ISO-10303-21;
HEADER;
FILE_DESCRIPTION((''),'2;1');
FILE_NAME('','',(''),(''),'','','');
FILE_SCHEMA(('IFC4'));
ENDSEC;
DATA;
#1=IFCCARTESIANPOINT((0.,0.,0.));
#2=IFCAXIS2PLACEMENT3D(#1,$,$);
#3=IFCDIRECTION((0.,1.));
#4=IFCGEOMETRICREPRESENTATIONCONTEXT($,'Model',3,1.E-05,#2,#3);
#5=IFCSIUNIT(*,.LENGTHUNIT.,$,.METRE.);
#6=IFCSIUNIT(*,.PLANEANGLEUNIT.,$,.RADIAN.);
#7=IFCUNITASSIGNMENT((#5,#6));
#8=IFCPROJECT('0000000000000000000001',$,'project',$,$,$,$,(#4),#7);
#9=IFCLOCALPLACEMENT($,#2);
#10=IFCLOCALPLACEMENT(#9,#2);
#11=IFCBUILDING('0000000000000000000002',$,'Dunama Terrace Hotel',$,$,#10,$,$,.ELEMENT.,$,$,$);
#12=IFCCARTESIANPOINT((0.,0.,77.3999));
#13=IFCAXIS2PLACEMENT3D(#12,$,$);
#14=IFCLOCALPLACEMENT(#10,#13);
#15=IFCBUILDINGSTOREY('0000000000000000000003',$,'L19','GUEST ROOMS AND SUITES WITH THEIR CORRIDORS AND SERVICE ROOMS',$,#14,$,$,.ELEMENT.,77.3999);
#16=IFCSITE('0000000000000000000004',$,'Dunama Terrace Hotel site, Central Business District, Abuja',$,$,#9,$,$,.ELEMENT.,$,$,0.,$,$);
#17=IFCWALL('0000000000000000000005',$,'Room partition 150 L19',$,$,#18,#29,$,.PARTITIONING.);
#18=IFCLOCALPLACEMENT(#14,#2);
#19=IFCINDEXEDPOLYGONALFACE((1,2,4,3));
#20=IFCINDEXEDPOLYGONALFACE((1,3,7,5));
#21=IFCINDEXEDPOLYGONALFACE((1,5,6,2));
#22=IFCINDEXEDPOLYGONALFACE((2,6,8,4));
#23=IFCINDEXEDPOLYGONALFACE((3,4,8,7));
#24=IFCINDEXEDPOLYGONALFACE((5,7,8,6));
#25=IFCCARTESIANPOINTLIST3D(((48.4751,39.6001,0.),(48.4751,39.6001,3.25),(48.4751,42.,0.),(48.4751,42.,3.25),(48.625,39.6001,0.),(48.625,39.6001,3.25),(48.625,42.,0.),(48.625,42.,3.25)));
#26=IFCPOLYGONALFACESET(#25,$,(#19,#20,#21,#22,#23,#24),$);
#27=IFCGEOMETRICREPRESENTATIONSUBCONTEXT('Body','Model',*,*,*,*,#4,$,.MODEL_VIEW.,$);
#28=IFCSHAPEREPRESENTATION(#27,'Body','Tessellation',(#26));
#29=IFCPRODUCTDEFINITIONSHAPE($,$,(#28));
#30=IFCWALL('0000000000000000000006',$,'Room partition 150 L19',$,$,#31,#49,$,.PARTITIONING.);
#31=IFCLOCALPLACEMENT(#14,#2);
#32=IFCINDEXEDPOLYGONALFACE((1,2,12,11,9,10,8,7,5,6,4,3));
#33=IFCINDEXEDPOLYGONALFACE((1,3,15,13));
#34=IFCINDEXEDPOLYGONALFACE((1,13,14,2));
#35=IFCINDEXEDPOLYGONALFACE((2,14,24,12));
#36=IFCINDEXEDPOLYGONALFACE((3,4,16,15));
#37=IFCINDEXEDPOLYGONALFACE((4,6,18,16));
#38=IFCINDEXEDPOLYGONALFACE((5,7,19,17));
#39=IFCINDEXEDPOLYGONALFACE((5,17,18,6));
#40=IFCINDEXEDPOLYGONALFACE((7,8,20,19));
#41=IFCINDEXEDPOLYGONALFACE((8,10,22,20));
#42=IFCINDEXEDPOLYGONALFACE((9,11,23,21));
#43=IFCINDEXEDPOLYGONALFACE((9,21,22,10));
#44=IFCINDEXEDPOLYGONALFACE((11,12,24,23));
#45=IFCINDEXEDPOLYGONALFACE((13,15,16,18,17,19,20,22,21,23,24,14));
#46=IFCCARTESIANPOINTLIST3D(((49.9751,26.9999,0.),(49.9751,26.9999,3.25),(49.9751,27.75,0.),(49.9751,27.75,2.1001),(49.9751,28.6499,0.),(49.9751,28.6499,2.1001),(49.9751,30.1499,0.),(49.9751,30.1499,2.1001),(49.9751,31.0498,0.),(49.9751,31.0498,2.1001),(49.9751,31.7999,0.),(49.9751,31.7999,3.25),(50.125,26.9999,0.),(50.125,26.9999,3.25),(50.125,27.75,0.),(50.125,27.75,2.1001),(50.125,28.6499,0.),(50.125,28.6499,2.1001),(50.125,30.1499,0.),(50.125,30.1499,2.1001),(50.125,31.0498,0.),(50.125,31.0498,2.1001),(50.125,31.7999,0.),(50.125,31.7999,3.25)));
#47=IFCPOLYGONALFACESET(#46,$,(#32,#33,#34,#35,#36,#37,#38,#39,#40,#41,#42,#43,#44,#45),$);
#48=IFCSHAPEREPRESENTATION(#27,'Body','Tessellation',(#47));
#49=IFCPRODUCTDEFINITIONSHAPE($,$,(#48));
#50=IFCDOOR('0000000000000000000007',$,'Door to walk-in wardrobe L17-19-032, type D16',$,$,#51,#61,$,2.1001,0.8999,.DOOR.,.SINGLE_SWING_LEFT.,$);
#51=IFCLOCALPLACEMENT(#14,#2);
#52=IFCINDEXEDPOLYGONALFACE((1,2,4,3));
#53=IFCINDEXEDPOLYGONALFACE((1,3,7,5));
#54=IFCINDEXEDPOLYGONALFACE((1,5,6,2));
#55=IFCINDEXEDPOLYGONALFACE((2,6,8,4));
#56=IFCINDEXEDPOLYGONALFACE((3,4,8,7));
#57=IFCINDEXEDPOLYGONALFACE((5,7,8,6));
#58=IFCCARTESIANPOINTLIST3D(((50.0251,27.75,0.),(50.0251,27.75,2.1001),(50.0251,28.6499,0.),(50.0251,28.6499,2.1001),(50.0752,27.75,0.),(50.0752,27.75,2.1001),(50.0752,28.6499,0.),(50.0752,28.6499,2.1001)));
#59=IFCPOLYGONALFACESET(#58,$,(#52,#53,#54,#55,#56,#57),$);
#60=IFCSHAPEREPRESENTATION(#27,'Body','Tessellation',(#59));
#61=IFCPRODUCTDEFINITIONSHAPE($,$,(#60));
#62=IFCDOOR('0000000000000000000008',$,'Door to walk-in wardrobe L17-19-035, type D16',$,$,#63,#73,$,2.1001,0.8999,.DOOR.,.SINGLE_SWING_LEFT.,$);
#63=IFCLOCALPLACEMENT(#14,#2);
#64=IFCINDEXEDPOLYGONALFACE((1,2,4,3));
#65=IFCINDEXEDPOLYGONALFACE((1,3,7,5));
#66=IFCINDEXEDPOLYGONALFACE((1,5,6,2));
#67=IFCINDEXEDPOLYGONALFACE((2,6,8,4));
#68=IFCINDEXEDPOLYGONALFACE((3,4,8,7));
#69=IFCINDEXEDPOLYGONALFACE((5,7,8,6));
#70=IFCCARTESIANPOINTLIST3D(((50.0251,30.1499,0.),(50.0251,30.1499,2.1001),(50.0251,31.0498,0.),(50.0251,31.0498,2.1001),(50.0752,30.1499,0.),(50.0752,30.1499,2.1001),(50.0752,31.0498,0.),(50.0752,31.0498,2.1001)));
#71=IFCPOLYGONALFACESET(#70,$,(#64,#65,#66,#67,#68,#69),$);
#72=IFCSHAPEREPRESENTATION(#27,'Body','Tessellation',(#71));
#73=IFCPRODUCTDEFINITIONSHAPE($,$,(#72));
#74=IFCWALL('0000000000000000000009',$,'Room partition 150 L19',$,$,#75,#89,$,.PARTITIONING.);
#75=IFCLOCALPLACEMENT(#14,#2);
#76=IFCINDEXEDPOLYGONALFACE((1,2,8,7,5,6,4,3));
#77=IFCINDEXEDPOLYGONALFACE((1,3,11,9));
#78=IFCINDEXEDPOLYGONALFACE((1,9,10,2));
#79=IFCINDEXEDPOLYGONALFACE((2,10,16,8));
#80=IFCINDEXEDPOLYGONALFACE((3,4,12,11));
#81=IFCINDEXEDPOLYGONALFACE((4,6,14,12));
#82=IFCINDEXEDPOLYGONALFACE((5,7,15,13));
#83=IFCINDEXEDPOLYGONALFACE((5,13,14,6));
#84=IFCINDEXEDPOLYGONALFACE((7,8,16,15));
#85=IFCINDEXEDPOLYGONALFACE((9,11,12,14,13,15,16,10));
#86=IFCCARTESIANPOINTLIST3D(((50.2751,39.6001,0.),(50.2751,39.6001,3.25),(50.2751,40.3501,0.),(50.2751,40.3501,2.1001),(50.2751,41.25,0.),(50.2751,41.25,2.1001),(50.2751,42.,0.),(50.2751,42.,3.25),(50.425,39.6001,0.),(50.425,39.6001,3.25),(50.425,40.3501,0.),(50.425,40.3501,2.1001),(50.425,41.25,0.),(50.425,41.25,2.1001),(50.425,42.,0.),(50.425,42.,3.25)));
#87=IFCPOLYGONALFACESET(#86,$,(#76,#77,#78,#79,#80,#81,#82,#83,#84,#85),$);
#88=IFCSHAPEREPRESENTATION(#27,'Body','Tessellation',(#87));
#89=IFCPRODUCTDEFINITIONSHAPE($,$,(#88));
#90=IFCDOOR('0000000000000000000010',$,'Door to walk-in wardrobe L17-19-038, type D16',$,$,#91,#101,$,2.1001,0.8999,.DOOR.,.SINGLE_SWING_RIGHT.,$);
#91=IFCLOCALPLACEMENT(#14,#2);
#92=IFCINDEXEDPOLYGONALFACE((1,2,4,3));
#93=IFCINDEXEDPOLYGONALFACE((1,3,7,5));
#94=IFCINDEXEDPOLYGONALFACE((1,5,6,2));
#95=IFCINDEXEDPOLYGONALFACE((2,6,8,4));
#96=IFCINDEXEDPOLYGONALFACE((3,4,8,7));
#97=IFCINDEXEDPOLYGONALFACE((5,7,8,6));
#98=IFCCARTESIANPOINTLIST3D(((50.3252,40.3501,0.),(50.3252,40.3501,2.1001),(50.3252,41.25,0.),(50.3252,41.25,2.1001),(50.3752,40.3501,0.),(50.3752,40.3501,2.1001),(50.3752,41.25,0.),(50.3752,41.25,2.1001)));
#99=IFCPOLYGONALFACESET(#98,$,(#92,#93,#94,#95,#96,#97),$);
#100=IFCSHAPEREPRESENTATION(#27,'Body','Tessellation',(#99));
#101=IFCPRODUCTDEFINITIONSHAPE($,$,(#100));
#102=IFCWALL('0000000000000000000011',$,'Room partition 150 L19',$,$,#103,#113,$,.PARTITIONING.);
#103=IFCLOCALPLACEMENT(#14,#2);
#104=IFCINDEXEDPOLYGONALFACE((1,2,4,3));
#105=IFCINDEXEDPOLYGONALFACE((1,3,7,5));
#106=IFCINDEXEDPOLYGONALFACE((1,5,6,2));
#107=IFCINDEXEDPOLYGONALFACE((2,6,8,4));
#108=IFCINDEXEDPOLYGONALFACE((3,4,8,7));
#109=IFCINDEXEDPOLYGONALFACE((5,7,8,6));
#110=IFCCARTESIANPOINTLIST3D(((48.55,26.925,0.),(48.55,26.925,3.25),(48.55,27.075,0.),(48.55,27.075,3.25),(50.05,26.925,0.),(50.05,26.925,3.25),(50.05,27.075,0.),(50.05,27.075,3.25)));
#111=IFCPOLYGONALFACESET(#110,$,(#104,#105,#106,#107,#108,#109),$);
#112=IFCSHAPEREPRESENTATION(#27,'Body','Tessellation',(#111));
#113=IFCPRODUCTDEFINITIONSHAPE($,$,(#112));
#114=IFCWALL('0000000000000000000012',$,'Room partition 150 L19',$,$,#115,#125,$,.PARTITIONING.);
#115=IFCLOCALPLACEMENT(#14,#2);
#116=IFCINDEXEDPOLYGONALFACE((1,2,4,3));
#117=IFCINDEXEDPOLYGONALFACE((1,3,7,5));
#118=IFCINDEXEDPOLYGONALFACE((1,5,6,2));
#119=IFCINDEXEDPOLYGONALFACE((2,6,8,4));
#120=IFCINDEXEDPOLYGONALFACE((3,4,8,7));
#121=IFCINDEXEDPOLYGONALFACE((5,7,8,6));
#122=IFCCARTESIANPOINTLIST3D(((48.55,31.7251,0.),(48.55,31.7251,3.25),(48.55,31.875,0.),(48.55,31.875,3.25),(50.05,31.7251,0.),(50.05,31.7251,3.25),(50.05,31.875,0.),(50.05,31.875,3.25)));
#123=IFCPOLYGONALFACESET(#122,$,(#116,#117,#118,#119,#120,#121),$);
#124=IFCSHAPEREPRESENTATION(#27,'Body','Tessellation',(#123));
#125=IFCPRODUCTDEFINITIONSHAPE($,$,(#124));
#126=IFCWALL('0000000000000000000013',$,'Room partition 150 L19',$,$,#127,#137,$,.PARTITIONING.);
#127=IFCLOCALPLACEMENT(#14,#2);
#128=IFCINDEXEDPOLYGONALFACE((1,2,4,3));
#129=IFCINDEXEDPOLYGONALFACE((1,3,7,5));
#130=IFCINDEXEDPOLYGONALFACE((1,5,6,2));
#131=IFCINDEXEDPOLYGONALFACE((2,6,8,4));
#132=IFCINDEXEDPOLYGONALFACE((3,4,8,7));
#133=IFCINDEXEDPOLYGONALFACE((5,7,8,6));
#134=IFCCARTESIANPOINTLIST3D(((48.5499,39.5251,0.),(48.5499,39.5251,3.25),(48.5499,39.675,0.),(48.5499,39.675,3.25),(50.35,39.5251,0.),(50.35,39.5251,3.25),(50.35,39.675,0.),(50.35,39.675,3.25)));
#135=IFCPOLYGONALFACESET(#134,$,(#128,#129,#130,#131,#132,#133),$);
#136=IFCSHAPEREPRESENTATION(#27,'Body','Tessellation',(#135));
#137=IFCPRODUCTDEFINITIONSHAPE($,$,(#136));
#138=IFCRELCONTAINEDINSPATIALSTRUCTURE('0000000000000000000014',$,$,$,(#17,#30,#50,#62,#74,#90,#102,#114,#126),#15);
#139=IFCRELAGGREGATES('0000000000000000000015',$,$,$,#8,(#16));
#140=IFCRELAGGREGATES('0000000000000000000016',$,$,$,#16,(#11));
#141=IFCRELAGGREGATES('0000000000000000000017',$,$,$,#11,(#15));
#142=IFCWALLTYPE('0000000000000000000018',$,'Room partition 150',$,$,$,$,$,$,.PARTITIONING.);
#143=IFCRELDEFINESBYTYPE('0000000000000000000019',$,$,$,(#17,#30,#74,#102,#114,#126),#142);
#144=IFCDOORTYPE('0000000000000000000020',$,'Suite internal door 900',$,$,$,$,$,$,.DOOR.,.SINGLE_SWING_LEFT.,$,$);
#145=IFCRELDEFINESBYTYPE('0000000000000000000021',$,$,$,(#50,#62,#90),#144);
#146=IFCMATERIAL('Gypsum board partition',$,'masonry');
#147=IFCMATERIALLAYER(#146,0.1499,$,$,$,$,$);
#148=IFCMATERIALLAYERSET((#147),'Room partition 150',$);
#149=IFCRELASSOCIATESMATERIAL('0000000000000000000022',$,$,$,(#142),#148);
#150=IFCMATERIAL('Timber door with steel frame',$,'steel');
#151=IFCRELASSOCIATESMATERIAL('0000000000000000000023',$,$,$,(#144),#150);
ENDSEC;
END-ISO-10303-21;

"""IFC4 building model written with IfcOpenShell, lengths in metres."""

from ifc_helpers import new_model, si_unit, direction, frame, frame_2d, origin, place, context, subcontext, project, spatial, rectangle, extrude, material, layer, layer_set, type_object, element, fill, save


model = new_model("IFC4")

# Units and contexts
model_context = context("Model", 3, precision=1e-05, world=origin(), true_north=direction((0.0, 1.0)))
body_context = subcontext(model_context, "Body", "Model", "MODEL_VIEW")
ifc_project = project(units=[si_unit("LENGTHUNIT", "METRE"), si_unit("PLANEANGLEUNIT", "RADIAN")], contexts=[model_context])

# Site, building, storey
site_placement = place(None, origin())
site = spatial("IfcSite", under=ifc_project, at=site_placement, Name="Dunama Terrace Hotel site, Central Business District, Abuja", CompositionType="ELEMENT", RefElevation=0.0)
building_placement = place(site_placement, origin())
building = spatial("IfcBuilding", under=site, at=building_placement, Name="Dunama Terrace Hotel", CompositionType="ELEMENT")
storey_placement = place(building_placement, frame((0.0, 0.0, 77.3999)))
storey = spatial("IfcBuildingStorey", under=building, at=storey_placement, Name="L19", Description="GUEST ROOMS AND SUITES WITH THEIR CORRIDORS AND SERVICE ROOMS", CompositionType="ELEMENT", Elevation=77.3999)

# Wall
ifc_material_1 = material(Name="Gypsum board partition", Category="masonry")
ifc_layer_1 = layer(ifc_material_1, 0.1499)
ifc_layer_set_1 = layer_set([ifc_layer_1], Name="Room partition 150")
wall_type_1 = type_object("IfcWallType", Name="Room partition 150", PredefinedType="PARTITIONING", material=ifc_layer_set_1)
wall_1_placement = place(storey_placement, frame((48.55, 39.6001, 0.0), z_axis=(0.0, 0.0, 1.0), x_axis=(0.0, 1.0, 0.0)))
element("IfcWall", 1, at=wall_1_placement, inside=storey, type_object=wall_type_1, Name="Room partition 150 L19", PredefinedType="PARTITIONING", context=body_context, shape_type="SweptSolid", body=[
    extrude(rectangle(XDim=2.3999, YDim=0.1499, at=frame_2d((1.2, 0.0))), origin(), (0.0, 0.0, 1.0), 3.25),
])

# Wall, openings, doors
wall_2_placement = place(storey_placement, frame((50.05, 27.0, 0.0), z_axis=(0.0, 0.0, 1.0), x_axis=(0.0, 1.0, 0.0)))
wall_2 = element("IfcWall", 2, at=wall_2_placement, inside=storey, type_object=wall_type_1, Name="Room partition 150 L19", PredefinedType="PARTITIONING", context=body_context, shape_type="SweptSolid", body=[
    extrude(rectangle(XDim=4.8, YDim=0.1499, at=frame_2d((2.3999, 0.0))), origin(), (0.0, 0.0, 1.0), 3.25),
])
opening_1_placement = place(wall_2_placement, frame((0.75, 0.0, 0.0)))
opening_1 = element("IfcOpeningElement", 3, at=opening_1_placement, cuts=wall_2, PredefinedType="OPENING", context=body_context, shape_type="SweptSolid", body=[
    extrude(rectangle(XDim=0.8999, YDim=2.1001, at=frame_2d((0.45, 1.05))), frame((0.0, 0.085, 0.0), z_axis=(0.0, -1.0, 0.0), x_axis=(1.0, 0.0, 0.0)), (0.0, 0.0, 1.0), 0.1699),
])
opening_2_placement = place(wall_2_placement, frame((3.1499, 0.0, 0.0)))
opening_2 = element("IfcOpeningElement", 4, at=opening_2_placement, cuts=wall_2, PredefinedType="OPENING", context=body_context, shape_type="SweptSolid", body=[
    extrude(rectangle(XDim=0.8999, YDim=2.1001, at=frame_2d((0.45, 1.05))), frame((0.0, 0.085, 0.0), z_axis=(0.0, -1.0, 0.0), x_axis=(1.0, 0.0, 0.0)), (0.0, 0.0, 1.0), 0.1699),
])
ifc_material_2 = material(Name="Timber door with steel frame", Category="steel")
door_type_1 = type_object("IfcDoorType", Name="Suite internal door 900", OperationType="SINGLE_SWING_LEFT", PredefinedType="DOOR", material=ifc_material_2)
door_1_placement = place(opening_1_placement, origin())
door_1 = element("IfcDoor", 5, at=door_1_placement, inside=storey, type_object=door_type_1, Name="Door to walk-in wardrobe L17-19-032, type D16", OperationType="SINGLE_SWING_LEFT", OverallHeight=2.1001, OverallWidth=0.8999, PredefinedType="DOOR", context=body_context, shape_type="SweptSolid", body=[
    extrude(rectangle(XDim=0.8999, YDim=2.1001, at=frame_2d((0.45, 1.05))), frame((0.0, 0.0249, 0.0), z_axis=(0.0, -1.0, 0.0), x_axis=(1.0, 0.0, 0.0)), (0.0, 0.0, 1.0), 0.05),
])
fill(opening_1, door_1)
door_2_placement = place(opening_2_placement, origin())
door_2 = element("IfcDoor", 6, at=door_2_placement, inside=storey, type_object=door_type_1, Name="Door to walk-in wardrobe L17-19-035, type D16", OperationType="SINGLE_SWING_LEFT", OverallHeight=2.1001, OverallWidth=0.8999, PredefinedType="DOOR", context=body_context, shape_type="SweptSolid", body=[
    extrude(rectangle(XDim=0.8999, YDim=2.1001, at=frame_2d((0.45, 1.05))), frame((0.0, 0.0249, 0.0), z_axis=(0.0, -1.0, 0.0), x_axis=(1.0, 0.0, 0.0)), (0.0, 0.0, 1.0), 0.05),
])
fill(opening_2, door_2)

# Wall, opening, door
wall_3_placement = place(storey_placement, frame((50.3501, 39.6001, 0.0), z_axis=(0.0, 0.0, 1.0), x_axis=(0.0, 1.0, 0.0)))
wall_3 = element("IfcWall", 7, at=wall_3_placement, inside=storey, type_object=wall_type_1, Name="Room partition 150 L19", PredefinedType="PARTITIONING", context=body_context, shape_type="SweptSolid", body=[
    extrude(rectangle(XDim=2.3999, YDim=0.1499, at=frame_2d((1.2, 0.0))), origin(), (0.0, 0.0, 1.0), 3.25),
])
opening_3_placement = place(wall_3_placement, frame((0.75, 0.0, 0.0)))
opening_3 = element("IfcOpeningElement", 8, at=opening_3_placement, cuts=wall_3, PredefinedType="OPENING", context=body_context, shape_type="SweptSolid", body=[
    extrude(rectangle(XDim=0.8999, YDim=2.1001, at=frame_2d((0.45, 1.05))), frame((0.0, 0.085, 0.0), z_axis=(0.0, -1.0, 0.0), x_axis=(1.0, 0.0, 0.0)), (0.0, 0.0, 1.0), 0.1699),
])
door_3_placement = place(opening_3_placement, origin())
door_3 = element("IfcDoor", 9, at=door_3_placement, inside=storey, type_object=door_type_1, Name="Door to walk-in wardrobe L17-19-038, type D16", OperationType="SINGLE_SWING_RIGHT", OverallHeight=2.1001, OverallWidth=0.8999, PredefinedType="DOOR", context=body_context, shape_type="SweptSolid", body=[
    extrude(rectangle(XDim=0.8999, YDim=2.1001, at=frame_2d((0.45, 1.05))), frame((0.0, 0.0249, 0.0), z_axis=(0.0, -1.0, 0.0), x_axis=(1.0, 0.0, 0.0)), (0.0, 0.0, 1.0), 0.05),
])
fill(opening_3, door_3)

# Walls
for number, where, z_axis, x_axis, name in (
    (10, (48.55, 27.0, 0.0), (0.0, 0.0, 1.0), (1.0, 0.0, 0.0), "Room partition 150 L19"),
    (11, (48.55, 31.8, 0.0), (0.0, 0.0, 1.0), (1.0, 0.0, 0.0), "Room partition 150 L19"),
):
    element("IfcWall", number, at=place(storey_placement, frame(where, z_axis=z_axis, x_axis=x_axis)), inside=storey, type_object=wall_type_1, Name=name, PredefinedType="PARTITIONING", context=body_context, shape_type="SweptSolid", body=[
        extrude(rectangle(XDim=1.5, YDim=0.1499, at=frame_2d((0.75, 0.0))), origin(), (0.0, 0.0, 1.0), 3.25),
    ])
wall_4_placement = place(storey_placement, frame((48.55, 39.6001, 0.0), z_axis=(0.0, 0.0, 1.0), x_axis=(1.0, 0.0, 0.0)))
element("IfcWall", 12, at=wall_4_placement, inside=storey, type_object=wall_type_1, Name="Room partition 150 L19", PredefinedType="PARTITIONING", context=body_context, shape_type="SweptSolid", body=[
    extrude(rectangle(XDim=1.8, YDim=0.1499, at=frame_2d((0.8999, 0.0))), origin(), (0.0, 0.0, 1.0), 3.25),
])

save(model, "model.ifc")
